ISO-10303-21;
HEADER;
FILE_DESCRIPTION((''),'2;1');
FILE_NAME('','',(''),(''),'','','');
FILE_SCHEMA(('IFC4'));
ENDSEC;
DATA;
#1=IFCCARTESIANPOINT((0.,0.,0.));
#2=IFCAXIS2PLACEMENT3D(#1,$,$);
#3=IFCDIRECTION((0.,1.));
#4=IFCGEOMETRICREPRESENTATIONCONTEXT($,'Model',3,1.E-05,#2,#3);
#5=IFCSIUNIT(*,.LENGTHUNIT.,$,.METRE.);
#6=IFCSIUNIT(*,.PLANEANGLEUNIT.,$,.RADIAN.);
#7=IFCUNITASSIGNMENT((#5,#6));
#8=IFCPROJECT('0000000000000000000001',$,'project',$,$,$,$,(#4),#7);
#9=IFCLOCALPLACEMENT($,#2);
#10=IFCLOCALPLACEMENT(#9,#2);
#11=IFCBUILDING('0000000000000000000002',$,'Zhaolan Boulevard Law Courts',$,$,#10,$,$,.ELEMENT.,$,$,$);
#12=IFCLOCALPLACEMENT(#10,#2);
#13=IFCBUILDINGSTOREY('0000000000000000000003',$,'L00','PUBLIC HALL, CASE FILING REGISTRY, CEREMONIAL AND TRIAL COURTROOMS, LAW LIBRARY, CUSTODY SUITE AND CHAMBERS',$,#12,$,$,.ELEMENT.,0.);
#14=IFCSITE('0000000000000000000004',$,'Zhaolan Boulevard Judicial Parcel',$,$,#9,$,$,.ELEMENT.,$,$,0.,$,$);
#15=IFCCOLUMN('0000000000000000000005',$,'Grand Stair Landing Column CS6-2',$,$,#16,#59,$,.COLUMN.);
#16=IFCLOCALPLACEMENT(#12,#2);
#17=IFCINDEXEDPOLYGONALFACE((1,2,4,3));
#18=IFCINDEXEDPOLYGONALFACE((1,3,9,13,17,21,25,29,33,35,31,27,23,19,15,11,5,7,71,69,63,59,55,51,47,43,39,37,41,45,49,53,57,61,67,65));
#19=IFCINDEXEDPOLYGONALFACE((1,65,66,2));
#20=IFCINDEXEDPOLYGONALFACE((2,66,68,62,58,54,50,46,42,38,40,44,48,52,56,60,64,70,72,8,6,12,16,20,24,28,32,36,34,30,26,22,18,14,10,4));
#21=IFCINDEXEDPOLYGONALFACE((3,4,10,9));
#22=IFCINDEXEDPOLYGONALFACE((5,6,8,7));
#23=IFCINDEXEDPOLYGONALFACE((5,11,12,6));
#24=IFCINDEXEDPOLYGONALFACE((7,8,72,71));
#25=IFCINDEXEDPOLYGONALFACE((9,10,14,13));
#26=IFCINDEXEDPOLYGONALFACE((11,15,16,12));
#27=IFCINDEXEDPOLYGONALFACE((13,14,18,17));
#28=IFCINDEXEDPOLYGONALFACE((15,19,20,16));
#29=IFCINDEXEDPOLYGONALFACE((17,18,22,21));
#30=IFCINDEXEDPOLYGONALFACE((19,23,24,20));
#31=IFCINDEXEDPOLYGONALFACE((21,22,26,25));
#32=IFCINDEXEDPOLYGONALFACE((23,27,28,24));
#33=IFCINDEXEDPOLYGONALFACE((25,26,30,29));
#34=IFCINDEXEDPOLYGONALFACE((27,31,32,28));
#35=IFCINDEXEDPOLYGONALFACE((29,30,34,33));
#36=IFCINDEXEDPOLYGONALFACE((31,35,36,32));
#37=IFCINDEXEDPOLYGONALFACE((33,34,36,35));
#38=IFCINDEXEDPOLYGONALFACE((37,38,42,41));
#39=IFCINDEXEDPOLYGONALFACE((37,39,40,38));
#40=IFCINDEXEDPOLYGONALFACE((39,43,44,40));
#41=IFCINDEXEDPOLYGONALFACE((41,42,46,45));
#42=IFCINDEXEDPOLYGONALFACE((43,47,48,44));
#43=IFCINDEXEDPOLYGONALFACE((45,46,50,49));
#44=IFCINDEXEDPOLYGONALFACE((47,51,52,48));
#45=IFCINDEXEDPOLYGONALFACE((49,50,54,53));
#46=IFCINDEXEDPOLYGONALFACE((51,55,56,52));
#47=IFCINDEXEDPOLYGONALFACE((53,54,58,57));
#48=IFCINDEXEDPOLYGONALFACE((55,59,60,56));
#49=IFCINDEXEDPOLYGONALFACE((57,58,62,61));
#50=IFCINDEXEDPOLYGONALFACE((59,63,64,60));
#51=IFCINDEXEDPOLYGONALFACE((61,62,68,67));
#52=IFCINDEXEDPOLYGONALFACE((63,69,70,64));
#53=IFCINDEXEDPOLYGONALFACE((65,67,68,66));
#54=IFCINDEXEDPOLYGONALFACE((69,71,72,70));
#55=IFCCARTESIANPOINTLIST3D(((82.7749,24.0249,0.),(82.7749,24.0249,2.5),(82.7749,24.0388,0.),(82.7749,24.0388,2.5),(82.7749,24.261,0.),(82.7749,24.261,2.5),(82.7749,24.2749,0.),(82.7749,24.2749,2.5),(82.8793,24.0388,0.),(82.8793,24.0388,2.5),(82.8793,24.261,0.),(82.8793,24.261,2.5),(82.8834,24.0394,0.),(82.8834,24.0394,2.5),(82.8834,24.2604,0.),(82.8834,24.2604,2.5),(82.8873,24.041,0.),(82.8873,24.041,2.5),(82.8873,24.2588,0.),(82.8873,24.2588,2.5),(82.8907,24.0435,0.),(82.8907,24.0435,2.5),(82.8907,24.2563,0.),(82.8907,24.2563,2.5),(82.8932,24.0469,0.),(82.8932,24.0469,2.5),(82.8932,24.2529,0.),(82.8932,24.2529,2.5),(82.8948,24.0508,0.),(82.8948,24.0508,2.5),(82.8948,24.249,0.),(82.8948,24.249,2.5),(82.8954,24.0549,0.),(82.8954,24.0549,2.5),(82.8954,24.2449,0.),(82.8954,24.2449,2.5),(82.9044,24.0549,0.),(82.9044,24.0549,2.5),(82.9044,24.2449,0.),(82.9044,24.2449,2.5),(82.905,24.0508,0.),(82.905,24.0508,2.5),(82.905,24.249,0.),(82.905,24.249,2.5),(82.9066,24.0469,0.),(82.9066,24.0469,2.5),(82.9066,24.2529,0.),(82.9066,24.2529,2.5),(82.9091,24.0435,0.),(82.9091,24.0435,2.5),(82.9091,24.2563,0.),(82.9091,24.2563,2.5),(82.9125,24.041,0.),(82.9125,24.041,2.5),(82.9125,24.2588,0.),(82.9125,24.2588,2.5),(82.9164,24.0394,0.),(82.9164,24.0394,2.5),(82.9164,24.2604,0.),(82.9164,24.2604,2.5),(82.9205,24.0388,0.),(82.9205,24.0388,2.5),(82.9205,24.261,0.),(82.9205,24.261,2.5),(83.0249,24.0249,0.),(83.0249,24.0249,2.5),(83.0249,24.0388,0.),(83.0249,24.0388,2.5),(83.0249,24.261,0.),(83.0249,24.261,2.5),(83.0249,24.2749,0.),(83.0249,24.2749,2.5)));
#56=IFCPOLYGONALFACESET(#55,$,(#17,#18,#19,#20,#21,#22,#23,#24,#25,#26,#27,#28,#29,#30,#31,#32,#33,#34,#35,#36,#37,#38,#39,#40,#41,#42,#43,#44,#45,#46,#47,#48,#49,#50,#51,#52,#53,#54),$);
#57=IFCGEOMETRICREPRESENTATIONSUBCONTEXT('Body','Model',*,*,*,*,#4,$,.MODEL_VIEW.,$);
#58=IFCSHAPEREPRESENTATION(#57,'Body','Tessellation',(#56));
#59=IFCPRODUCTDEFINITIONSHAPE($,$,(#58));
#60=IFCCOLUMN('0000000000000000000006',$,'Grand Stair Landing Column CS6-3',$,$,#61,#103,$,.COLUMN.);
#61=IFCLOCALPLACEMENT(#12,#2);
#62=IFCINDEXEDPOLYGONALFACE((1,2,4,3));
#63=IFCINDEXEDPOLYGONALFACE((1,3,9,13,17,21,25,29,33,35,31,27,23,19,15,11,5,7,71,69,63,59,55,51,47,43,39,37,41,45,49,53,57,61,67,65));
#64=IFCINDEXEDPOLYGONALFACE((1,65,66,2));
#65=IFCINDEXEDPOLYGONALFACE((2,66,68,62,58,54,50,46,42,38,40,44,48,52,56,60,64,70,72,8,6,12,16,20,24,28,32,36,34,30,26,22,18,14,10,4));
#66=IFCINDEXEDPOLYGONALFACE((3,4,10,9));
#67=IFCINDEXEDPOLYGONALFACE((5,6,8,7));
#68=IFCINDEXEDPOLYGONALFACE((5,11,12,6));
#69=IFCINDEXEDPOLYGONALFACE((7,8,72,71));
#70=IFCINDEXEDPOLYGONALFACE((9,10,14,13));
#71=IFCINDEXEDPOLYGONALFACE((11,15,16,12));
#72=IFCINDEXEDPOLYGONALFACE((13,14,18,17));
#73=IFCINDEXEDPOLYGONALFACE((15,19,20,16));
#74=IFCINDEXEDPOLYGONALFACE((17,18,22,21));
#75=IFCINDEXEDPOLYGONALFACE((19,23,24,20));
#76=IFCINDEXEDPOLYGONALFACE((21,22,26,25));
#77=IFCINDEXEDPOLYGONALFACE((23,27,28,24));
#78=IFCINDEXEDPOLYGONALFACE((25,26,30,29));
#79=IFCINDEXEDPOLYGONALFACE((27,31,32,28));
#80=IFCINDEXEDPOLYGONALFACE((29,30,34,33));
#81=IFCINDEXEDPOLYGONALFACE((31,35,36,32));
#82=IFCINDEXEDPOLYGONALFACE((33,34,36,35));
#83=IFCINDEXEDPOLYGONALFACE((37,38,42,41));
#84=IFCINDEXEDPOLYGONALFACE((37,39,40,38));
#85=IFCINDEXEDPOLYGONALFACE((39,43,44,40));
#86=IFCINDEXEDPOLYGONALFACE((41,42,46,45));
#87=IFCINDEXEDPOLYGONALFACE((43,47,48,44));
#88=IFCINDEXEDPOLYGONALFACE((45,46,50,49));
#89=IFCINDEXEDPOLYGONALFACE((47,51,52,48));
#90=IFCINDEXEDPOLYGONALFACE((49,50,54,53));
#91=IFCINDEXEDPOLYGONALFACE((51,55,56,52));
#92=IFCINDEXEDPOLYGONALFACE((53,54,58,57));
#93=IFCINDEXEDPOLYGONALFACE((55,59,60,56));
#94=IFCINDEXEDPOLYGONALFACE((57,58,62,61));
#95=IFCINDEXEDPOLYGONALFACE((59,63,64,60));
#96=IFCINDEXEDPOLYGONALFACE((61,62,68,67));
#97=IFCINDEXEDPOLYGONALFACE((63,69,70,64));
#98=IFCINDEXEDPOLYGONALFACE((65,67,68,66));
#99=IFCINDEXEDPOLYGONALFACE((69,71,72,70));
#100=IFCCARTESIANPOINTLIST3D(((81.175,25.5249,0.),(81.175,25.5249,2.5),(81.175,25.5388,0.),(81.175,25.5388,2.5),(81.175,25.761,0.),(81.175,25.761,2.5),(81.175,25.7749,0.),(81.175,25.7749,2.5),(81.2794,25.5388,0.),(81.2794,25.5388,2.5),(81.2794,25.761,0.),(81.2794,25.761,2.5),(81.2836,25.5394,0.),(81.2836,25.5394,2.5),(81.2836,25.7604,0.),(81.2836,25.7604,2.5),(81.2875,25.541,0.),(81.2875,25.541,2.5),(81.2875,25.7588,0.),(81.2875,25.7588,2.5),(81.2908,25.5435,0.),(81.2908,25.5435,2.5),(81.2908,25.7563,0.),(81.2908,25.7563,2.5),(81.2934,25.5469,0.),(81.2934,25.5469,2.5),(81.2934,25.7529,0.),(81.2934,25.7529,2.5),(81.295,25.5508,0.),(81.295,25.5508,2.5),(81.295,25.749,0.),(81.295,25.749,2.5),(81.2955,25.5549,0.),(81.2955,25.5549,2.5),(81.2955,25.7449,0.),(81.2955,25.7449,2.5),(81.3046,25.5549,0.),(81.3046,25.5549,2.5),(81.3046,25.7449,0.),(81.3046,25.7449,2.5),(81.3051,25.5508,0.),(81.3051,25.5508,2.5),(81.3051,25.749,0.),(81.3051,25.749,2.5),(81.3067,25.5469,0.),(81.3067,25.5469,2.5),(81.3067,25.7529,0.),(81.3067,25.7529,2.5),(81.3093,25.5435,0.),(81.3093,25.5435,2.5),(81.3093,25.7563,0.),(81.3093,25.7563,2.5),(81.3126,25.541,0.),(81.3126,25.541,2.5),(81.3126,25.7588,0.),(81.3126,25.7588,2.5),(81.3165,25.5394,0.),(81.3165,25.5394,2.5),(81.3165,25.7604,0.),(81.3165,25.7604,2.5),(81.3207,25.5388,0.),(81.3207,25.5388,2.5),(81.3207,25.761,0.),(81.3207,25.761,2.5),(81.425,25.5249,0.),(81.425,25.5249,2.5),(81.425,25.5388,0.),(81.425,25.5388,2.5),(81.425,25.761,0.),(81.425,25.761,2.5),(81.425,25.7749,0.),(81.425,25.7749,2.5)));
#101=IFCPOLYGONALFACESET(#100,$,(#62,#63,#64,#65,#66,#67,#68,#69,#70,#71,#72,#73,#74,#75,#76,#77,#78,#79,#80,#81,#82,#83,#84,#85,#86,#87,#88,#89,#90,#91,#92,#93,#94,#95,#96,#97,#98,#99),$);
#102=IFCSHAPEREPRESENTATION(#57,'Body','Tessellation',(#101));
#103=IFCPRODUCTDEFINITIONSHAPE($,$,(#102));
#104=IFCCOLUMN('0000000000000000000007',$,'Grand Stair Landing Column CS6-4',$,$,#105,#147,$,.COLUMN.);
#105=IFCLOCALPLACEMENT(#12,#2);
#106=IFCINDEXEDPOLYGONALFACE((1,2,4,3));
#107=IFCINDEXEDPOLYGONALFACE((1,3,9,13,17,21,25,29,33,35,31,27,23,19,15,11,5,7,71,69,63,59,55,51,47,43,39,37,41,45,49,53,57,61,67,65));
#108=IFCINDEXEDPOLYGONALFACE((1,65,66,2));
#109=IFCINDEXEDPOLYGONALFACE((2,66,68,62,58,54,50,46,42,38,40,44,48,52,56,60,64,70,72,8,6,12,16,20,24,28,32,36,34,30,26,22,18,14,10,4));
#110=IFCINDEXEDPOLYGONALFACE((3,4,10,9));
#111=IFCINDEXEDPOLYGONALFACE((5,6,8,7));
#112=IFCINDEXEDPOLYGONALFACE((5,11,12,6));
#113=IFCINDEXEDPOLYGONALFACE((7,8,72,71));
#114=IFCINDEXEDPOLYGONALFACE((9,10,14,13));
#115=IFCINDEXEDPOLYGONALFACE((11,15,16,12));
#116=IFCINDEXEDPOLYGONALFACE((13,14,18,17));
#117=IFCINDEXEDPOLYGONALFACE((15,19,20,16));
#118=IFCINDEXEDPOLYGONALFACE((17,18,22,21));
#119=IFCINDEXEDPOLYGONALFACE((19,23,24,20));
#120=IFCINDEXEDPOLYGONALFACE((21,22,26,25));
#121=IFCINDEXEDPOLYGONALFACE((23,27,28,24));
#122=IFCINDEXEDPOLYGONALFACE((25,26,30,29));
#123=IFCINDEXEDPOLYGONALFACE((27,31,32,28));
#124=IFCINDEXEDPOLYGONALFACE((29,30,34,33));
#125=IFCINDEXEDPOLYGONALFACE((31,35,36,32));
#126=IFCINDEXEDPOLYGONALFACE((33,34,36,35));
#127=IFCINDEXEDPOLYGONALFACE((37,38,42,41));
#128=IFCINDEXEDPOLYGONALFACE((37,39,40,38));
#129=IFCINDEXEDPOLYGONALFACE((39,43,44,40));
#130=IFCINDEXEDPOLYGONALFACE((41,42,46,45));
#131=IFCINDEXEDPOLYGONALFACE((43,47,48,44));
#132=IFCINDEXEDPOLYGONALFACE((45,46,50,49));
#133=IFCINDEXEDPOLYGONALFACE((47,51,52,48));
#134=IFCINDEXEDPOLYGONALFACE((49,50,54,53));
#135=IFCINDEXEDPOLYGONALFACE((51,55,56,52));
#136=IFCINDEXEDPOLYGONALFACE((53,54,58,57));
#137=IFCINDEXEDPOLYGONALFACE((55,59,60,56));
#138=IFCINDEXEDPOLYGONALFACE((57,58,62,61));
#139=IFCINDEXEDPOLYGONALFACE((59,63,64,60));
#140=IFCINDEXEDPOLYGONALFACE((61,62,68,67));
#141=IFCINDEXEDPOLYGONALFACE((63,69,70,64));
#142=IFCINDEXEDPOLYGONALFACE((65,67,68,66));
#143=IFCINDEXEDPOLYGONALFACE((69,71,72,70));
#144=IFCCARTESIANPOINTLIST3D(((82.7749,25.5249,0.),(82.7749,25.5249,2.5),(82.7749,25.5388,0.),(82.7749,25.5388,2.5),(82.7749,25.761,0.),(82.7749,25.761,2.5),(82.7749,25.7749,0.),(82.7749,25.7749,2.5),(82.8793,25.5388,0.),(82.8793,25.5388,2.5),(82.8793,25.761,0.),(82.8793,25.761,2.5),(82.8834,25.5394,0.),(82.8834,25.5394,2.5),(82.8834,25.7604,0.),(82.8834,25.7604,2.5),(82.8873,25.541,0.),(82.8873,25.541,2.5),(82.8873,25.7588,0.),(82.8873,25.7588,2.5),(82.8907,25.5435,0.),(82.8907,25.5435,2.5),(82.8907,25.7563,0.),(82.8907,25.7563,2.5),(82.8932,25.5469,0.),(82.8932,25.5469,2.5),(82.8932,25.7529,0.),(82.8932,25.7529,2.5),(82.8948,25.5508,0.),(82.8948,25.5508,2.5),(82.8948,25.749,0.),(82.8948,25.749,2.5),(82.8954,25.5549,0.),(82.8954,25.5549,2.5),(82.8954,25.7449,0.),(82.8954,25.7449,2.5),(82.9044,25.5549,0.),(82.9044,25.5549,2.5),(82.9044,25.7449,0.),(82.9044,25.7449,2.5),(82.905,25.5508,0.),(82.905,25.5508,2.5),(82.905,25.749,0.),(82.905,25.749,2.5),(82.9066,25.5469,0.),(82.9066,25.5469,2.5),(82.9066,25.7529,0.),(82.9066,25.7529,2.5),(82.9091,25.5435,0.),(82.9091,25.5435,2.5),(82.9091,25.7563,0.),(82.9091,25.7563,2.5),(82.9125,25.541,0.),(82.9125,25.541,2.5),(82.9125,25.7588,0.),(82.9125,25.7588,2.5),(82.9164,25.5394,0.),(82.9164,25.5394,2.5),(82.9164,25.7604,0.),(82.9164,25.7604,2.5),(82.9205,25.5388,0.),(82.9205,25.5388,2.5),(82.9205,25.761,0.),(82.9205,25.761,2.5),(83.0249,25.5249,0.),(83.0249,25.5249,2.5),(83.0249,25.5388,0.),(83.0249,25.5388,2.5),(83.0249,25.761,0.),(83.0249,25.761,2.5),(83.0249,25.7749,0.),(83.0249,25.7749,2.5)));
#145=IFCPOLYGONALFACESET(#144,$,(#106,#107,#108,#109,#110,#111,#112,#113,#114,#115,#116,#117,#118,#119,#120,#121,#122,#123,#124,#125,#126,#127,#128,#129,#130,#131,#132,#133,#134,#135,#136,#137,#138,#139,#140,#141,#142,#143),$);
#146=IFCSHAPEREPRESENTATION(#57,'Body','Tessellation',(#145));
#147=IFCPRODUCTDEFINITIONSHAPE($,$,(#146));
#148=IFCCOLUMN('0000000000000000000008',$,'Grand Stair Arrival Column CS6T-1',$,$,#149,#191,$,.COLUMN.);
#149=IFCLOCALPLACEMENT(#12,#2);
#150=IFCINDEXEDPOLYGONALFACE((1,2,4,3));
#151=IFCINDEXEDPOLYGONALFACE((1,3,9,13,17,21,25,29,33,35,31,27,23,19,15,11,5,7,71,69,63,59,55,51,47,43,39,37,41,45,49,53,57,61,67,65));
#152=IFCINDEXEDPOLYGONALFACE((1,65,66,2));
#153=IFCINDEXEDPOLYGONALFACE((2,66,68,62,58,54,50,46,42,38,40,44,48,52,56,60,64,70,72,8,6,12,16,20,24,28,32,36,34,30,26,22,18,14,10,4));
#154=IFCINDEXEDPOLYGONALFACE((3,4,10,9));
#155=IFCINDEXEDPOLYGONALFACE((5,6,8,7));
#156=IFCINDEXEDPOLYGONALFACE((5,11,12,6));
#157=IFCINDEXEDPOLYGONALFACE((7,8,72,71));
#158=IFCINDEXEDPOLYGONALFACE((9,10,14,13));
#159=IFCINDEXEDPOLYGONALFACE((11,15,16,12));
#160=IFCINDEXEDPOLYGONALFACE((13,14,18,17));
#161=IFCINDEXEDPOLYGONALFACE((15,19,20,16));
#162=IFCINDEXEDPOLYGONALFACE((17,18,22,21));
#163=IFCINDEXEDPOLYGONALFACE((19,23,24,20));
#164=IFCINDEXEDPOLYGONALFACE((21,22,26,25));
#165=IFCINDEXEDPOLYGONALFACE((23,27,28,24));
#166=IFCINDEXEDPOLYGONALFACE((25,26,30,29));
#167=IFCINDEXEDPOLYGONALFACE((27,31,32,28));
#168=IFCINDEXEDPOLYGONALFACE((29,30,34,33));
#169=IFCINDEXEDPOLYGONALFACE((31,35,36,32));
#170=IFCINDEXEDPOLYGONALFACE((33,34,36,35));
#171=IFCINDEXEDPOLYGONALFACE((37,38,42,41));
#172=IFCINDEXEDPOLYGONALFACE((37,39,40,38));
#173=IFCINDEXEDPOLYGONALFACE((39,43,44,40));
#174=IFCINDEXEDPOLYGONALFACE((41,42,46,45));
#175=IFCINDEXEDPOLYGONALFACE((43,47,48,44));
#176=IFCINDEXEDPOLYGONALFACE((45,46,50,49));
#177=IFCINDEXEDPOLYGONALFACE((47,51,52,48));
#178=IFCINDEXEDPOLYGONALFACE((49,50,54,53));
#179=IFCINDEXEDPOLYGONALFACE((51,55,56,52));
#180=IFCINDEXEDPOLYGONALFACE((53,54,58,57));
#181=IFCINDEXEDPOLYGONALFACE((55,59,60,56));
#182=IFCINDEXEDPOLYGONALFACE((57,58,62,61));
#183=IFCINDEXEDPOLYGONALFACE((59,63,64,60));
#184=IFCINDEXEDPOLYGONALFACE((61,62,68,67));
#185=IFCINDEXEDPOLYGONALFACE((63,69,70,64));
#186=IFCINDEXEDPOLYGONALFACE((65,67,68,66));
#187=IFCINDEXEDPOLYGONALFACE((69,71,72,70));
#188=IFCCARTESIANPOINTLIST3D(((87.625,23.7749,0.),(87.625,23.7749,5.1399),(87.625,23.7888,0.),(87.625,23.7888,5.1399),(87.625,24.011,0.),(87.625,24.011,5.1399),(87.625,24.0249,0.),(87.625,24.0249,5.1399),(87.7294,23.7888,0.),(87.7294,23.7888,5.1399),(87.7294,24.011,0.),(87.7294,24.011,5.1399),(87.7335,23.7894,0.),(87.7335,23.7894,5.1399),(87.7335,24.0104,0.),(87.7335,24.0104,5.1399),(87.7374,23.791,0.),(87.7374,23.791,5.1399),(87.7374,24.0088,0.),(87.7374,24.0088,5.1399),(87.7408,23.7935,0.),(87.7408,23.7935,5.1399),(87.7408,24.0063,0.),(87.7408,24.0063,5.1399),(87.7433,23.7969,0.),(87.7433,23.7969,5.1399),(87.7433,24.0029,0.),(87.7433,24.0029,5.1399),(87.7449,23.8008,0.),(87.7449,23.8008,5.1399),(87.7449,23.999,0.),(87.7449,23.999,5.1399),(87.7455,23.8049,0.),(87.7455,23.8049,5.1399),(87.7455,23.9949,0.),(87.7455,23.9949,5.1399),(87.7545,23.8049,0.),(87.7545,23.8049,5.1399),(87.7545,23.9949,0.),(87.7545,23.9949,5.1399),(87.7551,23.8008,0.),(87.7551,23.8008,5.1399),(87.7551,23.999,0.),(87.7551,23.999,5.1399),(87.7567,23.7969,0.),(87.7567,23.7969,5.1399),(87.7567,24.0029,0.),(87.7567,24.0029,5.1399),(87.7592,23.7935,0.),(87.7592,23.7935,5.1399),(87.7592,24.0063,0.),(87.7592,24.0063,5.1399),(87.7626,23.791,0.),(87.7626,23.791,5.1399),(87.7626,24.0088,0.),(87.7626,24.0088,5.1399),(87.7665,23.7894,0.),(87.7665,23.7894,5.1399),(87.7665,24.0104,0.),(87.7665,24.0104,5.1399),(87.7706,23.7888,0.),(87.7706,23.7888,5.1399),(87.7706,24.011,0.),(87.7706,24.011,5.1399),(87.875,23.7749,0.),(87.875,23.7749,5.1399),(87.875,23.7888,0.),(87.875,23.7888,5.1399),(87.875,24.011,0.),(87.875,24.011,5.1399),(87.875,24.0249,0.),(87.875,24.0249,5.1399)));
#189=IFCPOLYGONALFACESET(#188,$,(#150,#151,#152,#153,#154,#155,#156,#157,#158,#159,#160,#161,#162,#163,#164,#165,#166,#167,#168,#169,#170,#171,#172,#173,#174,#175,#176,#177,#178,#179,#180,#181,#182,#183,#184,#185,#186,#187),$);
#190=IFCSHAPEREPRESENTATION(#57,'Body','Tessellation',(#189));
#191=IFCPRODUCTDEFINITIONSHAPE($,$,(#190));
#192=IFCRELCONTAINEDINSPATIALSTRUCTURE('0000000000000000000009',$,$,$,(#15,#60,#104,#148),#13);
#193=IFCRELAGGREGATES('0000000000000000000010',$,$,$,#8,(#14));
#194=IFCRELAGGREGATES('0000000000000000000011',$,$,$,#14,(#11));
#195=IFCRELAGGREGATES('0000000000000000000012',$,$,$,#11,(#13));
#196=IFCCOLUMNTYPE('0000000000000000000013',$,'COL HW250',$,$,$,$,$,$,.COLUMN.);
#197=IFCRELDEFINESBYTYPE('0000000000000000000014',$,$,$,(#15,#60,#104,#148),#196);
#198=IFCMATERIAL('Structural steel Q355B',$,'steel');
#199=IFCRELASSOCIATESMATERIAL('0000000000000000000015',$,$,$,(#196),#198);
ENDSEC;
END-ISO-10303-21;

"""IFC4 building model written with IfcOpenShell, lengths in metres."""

from ifc_helpers import new_model, si_unit, direction, frame, origin, origin_2d, place, context, subcontext, project, spatial, i_section, extrude, material, material_profile, profile_set, type_object, element, save


model = new_model("IFC4")

# Units and contexts
model_context = context("Model", 3, precision=1e-05, world=origin(), true_north=direction((0.0, 1.0)))
body_context = subcontext(model_context, "Body", "Model", "MODEL_VIEW")
ifc_project = project(units=[si_unit("LENGTHUNIT", "METRE"), si_unit("PLANEANGLEUNIT", "RADIAN")], contexts=[model_context])

# Site, building, storey
site_placement = place(None, origin())
site = spatial("IfcSite", under=ifc_project, at=site_placement, Name="Zhaolan Boulevard Judicial Parcel", CompositionType="ELEMENT", RefElevation=0.0)
building_placement = place(site_placement, origin())
building = spatial("IfcBuilding", under=site, at=building_placement, Name="Zhaolan Boulevard Law Courts", CompositionType="ELEMENT")
storey_placement = place(building_placement, origin())
storey = spatial("IfcBuildingStorey", under=building, at=storey_placement, Name="L00", Description="PUBLIC HALL, CASE FILING REGISTRY, CEREMONIAL AND TRIAL COURTROOMS, LAW LIBRARY, CUSTODY SUITE AND CHAMBERS", CompositionType="ELEMENT", Elevation=0.0)

# Columns
ifc_material_1 = material(Name="Structural steel Q355B", Category="steel")
ifc_material_profile_1 = material_profile(ifc_material_1, i_section(OverallWidth=0.25, OverallDepth=0.25, WebThickness=0.009, FlangeThickness=0.0139, FilletRadius=0.0161, at=origin_2d()), Name="HW250x250")
ifc_profile_set_1 = profile_set([ifc_material_profile_1], Name="Structural steel Q355B")
column_type_1 = type_object("IfcColumnType", Name="COL HW250", PredefinedType="COLUMN", material=ifc_profile_set_1)
for number, where, z_axis, x_axis, name in (
    (1, (82.8999, 24.1499, 0.0), (0.0, 0.0, 1.0), (1.0, 0.0, 0.0), "Grand Stair Landing Column CS6-2"),
    (2, (81.3, 25.6499, 0.0), (0.0, 0.0, 1.0), (1.0, 0.0, 0.0), "Grand Stair Landing Column CS6-3"),
    (3, (82.8999, 25.6499, 0.0), (0.0, 0.0, 1.0), (1.0, 0.0, 0.0), "Grand Stair Landing Column CS6-4"),
):
    element("IfcColumn", number, at=place(storey_placement, frame(where, z_axis=z_axis, x_axis=x_axis)), inside=storey, type_object=column_type_1, Name=name, PredefinedType="COLUMN", context=body_context, shape_type="SweptSolid", body=[
        extrude(i_section(OverallWidth=0.25, OverallDepth=0.25, WebThickness=0.009, FlangeThickness=0.0139, FilletRadius=0.0161, at=origin_2d()), origin(), (0.0, 0.0, 1.0), 2.5),
    ])
for number, where, z_axis, x_axis, name in (
    (4, (87.75, 23.8999, 0.0), (0.0, 0.0, 1.0), (1.0, 0.0, 0.0), "Grand Stair Arrival Column CS6T-1"),
):
    element("IfcColumn", number, at=place(storey_placement, frame(where, z_axis=z_axis, x_axis=x_axis)), inside=storey, type_object=column_type_1, Name=name, PredefinedType="COLUMN", context=body_context, shape_type="SweptSolid", body=[
        extrude(i_section(OverallWidth=0.25, OverallDepth=0.25, WebThickness=0.009, FlangeThickness=0.0139, FilletRadius=0.0161, at=origin_2d()), origin(), (0.0, 0.0, 1.0), 5.1399),
    ])

save(model, "model.ifc")
